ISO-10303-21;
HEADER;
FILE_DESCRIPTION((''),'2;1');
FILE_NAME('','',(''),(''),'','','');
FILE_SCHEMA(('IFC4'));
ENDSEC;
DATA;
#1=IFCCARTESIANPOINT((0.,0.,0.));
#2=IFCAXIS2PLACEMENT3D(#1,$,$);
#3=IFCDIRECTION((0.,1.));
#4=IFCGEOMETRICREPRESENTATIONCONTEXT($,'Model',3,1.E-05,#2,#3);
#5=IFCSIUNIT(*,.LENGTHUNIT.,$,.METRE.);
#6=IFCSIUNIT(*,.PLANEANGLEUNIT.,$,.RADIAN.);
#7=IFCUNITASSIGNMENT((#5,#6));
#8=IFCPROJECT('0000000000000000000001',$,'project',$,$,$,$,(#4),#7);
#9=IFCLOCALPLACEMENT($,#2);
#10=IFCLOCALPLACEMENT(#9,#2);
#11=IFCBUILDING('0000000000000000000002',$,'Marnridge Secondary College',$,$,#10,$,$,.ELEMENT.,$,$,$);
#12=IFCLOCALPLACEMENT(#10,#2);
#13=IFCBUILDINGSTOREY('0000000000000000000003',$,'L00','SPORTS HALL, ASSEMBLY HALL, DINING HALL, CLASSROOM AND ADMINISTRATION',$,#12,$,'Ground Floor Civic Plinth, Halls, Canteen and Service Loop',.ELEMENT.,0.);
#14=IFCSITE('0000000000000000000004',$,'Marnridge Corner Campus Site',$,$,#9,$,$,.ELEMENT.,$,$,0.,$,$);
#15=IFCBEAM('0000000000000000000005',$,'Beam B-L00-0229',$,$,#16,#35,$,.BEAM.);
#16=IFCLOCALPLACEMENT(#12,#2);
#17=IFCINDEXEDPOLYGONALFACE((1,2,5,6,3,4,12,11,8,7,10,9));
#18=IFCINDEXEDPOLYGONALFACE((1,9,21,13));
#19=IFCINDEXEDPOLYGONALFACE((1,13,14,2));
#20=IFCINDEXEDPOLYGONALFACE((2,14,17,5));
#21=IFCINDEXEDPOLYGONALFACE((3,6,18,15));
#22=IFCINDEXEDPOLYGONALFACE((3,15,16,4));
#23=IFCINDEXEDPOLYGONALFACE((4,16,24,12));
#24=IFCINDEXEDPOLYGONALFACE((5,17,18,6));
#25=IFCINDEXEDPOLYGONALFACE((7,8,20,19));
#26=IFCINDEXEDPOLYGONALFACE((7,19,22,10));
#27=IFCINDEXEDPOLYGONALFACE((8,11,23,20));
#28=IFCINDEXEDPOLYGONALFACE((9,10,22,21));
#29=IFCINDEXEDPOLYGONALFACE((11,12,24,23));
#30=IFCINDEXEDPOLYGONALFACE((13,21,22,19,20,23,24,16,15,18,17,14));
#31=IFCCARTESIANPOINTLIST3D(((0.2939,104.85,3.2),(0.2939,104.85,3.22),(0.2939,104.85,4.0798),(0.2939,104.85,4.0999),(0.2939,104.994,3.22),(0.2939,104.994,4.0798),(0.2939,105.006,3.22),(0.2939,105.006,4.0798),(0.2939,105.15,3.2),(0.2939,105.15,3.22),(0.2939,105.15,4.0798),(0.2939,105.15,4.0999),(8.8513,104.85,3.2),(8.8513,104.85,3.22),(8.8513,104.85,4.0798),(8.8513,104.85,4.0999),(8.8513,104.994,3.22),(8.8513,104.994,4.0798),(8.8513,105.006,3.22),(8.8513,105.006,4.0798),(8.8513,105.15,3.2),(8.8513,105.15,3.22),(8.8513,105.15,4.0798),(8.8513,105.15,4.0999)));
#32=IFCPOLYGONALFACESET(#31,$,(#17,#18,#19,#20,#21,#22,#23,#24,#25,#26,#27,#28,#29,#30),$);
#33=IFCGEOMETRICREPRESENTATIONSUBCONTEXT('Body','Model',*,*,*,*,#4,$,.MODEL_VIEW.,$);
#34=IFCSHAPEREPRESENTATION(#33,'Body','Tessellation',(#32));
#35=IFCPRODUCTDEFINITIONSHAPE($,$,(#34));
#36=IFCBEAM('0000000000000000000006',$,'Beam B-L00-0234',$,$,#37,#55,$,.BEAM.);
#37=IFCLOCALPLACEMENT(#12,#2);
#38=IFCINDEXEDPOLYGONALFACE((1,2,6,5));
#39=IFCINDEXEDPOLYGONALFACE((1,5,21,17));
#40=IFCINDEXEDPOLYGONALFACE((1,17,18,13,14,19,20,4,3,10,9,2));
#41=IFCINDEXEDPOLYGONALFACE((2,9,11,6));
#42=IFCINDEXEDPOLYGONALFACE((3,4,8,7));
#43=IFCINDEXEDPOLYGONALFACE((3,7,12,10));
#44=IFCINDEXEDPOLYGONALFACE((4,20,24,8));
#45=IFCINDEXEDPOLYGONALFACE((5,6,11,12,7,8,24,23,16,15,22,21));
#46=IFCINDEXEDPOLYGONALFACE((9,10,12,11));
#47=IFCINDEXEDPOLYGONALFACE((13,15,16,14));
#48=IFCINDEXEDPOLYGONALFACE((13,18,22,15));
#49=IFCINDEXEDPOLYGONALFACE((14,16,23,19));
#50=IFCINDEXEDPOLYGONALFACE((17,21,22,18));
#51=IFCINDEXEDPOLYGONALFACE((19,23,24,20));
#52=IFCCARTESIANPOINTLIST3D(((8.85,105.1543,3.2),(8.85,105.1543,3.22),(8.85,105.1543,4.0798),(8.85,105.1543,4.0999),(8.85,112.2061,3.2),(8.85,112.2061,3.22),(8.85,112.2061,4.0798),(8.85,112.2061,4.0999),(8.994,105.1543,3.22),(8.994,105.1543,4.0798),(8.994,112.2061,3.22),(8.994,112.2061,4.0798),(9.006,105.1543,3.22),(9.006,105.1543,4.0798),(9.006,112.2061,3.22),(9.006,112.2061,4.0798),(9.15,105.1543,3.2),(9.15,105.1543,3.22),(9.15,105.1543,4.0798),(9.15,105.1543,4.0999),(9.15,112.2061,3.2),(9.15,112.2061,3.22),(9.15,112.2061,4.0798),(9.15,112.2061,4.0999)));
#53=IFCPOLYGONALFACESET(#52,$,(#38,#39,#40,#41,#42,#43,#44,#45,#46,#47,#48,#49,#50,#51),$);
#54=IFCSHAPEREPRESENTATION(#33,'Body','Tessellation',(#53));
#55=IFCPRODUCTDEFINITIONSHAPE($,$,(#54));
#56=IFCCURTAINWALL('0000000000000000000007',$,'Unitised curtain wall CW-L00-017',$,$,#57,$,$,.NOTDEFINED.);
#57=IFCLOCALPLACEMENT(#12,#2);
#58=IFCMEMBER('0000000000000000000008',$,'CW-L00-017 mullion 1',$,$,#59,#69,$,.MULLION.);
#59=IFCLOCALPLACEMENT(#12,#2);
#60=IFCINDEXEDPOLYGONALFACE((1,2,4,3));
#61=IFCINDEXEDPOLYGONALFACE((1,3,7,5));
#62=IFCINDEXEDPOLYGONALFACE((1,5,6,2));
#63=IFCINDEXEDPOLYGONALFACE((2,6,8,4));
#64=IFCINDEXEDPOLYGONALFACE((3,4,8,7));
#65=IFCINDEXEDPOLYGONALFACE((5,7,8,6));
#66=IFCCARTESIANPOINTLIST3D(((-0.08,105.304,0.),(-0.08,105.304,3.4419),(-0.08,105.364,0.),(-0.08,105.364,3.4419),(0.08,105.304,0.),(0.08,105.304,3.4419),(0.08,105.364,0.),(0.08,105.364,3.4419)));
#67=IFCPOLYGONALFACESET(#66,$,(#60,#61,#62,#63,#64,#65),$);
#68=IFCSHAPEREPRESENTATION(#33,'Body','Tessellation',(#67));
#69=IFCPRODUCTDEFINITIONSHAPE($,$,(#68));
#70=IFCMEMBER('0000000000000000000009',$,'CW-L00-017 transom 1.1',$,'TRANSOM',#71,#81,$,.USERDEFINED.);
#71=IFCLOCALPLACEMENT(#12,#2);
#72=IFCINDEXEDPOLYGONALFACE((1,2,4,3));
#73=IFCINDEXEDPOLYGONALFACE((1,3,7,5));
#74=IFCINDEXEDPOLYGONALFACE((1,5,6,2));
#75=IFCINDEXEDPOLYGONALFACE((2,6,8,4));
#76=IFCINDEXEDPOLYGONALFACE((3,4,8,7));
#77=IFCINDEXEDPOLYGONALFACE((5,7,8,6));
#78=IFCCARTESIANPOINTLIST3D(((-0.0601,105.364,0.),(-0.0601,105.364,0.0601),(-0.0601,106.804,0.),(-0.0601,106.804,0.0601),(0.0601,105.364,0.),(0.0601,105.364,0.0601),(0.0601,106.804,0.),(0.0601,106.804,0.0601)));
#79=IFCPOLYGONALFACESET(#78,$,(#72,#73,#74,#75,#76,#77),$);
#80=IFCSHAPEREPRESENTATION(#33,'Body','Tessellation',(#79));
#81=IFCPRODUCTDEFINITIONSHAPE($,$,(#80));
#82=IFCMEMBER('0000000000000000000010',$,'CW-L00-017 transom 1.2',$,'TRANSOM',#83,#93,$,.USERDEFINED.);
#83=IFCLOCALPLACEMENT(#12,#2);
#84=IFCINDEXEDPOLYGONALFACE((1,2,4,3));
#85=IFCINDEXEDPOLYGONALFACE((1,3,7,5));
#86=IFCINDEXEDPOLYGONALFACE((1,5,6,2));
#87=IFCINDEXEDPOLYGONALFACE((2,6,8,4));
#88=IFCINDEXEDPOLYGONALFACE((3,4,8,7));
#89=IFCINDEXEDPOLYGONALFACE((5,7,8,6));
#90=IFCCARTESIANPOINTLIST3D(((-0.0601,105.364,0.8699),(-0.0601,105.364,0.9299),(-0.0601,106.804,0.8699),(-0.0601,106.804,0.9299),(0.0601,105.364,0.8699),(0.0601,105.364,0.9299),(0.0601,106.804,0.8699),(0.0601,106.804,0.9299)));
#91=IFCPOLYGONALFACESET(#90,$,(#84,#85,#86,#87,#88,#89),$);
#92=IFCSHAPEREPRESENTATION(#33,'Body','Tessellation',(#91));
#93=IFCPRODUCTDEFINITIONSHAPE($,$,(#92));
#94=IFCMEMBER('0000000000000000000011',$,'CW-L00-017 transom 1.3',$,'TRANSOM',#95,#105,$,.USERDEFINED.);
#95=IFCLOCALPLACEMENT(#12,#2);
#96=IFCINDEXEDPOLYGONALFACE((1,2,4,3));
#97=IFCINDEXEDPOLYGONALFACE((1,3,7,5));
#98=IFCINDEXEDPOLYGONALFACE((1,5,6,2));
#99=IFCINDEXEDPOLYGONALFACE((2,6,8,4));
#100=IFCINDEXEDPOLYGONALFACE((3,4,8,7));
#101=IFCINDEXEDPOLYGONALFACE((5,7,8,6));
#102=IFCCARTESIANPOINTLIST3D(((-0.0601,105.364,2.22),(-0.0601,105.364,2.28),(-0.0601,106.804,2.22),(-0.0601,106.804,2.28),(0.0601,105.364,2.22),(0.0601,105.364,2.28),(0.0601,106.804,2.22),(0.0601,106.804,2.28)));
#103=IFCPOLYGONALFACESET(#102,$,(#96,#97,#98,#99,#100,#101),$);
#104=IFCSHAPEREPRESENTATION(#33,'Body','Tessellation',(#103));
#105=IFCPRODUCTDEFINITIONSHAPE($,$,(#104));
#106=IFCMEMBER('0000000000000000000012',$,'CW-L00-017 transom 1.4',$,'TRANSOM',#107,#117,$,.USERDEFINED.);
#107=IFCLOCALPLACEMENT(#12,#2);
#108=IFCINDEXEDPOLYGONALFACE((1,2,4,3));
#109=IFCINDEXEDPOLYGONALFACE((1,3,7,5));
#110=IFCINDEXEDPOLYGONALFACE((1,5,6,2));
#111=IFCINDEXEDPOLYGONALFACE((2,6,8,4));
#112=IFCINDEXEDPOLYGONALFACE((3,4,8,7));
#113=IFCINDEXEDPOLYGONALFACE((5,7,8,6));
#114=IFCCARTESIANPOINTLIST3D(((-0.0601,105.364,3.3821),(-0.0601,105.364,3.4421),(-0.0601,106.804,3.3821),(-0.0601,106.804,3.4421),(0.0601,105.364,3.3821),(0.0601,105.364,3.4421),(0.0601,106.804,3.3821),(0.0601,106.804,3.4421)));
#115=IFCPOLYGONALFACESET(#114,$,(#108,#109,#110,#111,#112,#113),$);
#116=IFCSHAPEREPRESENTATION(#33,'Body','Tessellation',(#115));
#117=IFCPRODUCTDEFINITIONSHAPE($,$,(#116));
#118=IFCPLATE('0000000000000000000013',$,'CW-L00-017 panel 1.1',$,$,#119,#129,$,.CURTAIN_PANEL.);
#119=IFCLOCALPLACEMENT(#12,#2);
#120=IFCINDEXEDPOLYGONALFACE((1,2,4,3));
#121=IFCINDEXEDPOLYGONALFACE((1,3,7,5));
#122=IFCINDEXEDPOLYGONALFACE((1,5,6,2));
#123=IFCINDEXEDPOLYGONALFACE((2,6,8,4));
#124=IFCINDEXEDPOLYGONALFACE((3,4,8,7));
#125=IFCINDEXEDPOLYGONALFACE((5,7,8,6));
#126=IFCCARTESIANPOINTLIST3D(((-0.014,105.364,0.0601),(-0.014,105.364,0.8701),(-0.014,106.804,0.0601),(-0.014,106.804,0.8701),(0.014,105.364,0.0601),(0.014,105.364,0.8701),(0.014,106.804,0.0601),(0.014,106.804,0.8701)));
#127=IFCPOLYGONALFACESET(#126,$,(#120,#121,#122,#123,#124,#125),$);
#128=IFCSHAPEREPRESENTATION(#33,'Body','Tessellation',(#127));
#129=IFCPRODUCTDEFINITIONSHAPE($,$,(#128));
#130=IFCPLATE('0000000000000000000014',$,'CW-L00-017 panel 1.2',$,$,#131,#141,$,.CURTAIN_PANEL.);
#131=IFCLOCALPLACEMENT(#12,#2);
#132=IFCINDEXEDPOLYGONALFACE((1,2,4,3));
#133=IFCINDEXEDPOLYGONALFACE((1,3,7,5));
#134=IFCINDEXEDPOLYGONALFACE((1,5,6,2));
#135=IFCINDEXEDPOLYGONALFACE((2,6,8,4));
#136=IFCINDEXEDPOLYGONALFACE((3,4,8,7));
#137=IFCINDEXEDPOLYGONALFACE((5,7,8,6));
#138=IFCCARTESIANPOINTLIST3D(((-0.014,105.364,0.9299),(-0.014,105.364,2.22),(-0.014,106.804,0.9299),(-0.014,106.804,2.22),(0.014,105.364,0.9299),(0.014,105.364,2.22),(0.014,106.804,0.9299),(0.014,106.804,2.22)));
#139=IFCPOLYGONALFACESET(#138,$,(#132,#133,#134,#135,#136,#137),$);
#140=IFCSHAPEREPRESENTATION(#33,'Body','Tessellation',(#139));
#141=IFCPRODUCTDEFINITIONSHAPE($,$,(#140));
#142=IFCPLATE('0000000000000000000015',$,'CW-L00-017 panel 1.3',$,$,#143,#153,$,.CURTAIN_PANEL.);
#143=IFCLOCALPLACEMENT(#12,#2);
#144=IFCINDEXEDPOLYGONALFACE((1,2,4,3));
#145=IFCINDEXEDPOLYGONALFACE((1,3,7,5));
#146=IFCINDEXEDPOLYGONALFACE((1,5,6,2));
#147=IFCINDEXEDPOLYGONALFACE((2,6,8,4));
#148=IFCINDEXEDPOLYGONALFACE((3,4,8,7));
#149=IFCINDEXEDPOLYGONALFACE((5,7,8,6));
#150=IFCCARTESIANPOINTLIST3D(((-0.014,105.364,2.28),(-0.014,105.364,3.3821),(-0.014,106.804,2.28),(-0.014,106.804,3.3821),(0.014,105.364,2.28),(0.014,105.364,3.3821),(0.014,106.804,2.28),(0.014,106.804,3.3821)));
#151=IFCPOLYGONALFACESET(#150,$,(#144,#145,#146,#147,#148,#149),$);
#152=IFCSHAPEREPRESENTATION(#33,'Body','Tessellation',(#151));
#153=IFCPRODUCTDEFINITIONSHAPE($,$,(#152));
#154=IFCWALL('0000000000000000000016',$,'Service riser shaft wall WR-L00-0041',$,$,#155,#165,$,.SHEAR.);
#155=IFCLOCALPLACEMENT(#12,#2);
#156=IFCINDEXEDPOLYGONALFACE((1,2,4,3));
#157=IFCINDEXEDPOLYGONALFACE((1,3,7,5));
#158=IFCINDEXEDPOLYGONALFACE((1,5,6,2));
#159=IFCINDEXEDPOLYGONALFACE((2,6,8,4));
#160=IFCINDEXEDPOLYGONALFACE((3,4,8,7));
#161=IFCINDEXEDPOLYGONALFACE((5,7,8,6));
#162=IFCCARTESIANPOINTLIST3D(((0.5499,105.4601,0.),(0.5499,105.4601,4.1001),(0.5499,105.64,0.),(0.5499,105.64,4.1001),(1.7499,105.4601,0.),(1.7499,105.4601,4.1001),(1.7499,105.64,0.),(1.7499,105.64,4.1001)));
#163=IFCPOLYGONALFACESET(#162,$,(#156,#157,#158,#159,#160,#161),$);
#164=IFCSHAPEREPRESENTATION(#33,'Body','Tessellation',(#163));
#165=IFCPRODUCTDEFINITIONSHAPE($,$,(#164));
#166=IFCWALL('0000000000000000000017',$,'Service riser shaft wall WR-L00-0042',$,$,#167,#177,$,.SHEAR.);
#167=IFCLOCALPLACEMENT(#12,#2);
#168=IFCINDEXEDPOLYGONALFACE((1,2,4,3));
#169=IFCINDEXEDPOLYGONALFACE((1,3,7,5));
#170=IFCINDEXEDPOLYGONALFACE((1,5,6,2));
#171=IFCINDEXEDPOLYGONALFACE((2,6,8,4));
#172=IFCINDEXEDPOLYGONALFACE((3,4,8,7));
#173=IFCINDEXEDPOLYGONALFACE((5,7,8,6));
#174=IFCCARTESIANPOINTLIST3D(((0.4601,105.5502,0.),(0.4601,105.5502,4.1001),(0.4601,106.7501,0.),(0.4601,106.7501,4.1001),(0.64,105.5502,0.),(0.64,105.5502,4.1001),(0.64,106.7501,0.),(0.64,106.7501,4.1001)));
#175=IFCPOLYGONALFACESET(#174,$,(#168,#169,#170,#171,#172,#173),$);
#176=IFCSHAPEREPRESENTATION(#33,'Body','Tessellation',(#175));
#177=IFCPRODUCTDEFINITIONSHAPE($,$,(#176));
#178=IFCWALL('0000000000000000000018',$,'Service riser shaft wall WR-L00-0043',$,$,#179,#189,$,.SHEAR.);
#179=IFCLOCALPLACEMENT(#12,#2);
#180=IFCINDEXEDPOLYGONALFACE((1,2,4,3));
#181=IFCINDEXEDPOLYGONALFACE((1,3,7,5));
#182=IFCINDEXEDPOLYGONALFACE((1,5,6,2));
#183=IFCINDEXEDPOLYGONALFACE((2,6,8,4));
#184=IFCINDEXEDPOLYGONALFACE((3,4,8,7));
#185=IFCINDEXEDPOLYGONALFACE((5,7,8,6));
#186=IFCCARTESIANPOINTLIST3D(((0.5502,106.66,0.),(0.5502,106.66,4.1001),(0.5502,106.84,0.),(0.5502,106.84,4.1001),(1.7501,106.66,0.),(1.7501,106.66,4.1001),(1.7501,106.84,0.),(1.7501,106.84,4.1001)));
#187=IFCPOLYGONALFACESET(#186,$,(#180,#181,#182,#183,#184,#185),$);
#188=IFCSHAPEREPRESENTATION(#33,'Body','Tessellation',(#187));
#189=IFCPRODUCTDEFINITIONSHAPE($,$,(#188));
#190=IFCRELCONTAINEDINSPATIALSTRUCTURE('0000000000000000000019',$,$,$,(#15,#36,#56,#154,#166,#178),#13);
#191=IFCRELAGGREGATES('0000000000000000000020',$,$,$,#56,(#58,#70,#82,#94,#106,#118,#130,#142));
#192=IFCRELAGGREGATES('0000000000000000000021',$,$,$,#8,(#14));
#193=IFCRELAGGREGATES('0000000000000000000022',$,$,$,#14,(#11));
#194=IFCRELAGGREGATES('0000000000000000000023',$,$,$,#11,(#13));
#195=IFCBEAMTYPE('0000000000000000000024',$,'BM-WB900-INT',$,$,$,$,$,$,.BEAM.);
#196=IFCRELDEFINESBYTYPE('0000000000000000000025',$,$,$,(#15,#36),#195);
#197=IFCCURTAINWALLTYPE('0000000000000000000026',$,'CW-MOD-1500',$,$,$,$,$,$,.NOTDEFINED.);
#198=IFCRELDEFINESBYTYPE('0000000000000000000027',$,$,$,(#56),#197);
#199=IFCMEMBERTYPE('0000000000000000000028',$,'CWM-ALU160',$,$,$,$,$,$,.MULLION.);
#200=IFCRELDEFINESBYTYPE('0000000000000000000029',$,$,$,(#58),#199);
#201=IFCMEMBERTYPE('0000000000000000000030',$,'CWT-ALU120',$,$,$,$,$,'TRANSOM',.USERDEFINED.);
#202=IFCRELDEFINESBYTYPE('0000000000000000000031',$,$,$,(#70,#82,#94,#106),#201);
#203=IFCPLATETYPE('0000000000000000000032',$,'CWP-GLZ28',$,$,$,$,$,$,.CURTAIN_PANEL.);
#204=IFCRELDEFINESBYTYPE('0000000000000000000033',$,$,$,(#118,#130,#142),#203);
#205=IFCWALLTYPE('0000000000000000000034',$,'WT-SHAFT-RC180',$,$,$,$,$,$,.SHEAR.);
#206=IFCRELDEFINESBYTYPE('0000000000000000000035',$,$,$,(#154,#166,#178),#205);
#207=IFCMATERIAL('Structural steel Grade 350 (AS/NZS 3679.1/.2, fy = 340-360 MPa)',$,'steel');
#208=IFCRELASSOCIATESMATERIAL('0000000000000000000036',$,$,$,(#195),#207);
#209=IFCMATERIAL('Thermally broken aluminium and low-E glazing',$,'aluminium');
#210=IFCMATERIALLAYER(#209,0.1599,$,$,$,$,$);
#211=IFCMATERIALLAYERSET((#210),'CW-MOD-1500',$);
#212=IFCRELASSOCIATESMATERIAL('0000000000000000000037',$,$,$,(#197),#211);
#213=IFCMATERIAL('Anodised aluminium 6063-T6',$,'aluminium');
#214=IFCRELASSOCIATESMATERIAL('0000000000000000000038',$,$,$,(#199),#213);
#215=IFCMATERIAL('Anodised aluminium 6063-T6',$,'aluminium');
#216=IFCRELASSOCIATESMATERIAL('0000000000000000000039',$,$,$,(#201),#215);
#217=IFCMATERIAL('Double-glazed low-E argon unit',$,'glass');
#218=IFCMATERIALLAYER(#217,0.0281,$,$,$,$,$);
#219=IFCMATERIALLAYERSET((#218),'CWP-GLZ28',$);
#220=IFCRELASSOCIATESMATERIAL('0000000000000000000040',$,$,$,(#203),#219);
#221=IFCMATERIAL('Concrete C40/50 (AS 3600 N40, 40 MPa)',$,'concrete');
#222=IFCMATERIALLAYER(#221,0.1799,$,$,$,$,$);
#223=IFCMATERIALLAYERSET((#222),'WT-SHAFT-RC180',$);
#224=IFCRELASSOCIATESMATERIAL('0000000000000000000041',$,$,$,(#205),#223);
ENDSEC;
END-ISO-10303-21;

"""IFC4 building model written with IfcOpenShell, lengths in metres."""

from ifc_helpers import new_model, si_unit, direction, frame, frame_2d, origin, origin_2d, place, context, subcontext, project, spatial, rectangle, i_section, extrude, material, layer, layer_set, material_profile, profile_set, type_object, element, aggregate, save


model = new_model("IFC4")

# Units and contexts
model_context = context("Model", 3, precision=1e-05, world=origin(), true_north=direction((0.0, 1.0)))
body_context = subcontext(model_context, "Body", "Model", "MODEL_VIEW")
ifc_project = project(units=[si_unit("LENGTHUNIT", "METRE"), si_unit("PLANEANGLEUNIT", "RADIAN")], contexts=[model_context])

# Site, building, storey
site_placement = place(None, origin())
site = spatial("IfcSite", under=ifc_project, at=site_placement, Name="Marnridge Corner Campus Site", CompositionType="ELEMENT", RefElevation=0.0)
building_placement = place(site_placement, origin())
building = spatial("IfcBuilding", under=site, at=building_placement, Name="Marnridge Secondary College", CompositionType="ELEMENT")
storey_placement = place(building_placement, origin())
storey = spatial("IfcBuildingStorey", under=building, at=storey_placement, Name="L00", Description="SPORTS HALL, ASSEMBLY HALL, DINING HALL, CLASSROOM AND ADMINISTRATION", LongName="Ground Floor Civic Plinth, Halls, Canteen and Service Loop", CompositionType="ELEMENT", Elevation=0.0)

# Beams
ifc_material_1 = material(Name="Structural steel Grade 350 (AS/NZS 3679.1/.2, fy = 340-360 MPa)", Category="steel")
ifc_material_profile_1 = material_profile(ifc_material_1, i_section(OverallWidth=0.3, OverallDepth=0.8999, WebThickness=0.012, FlangeThickness=0.02, at=origin_2d()), Name="900WB175")
ifc_profile_set_1 = profile_set([ifc_material_profile_1], Name="Structural steel Grade 350 (AS/NZS 3679.1/.2, fy = 340-360 MPa)")
beam_type_1 = type_object("IfcBeamType", Name="BM-WB900-INT", PredefinedType="BEAM", material=ifc_profile_set_1)
beam_1_placement = place(storey_placement, frame((0.2939, 105.0, 3.6499), z_axis=(1.0, 0.0, 0.0), x_axis=(0.0, 1.0, 0.0)))
element("IfcBeam", 1, at=beam_1_placement, inside=storey, type_object=beam_type_1, Name="Beam B-L00-0229", PredefinedType="BEAM", context=body_context, shape_type="SweptSolid", body=[
    extrude(i_section(OverallWidth=0.3, OverallDepth=0.8999, WebThickness=0.012, FlangeThickness=0.02, at=origin_2d()), origin(), (0.0, 0.0, 1.0), 8.5574),
])
beam_2_placement = place(storey_placement, frame((9.0, 105.1543, 3.6499), z_axis=(0.0, 1.0, 0.0), x_axis=(-1.0, 0.0, 0.0)))
element("IfcBeam", 2, at=beam_2_placement, inside=storey, type_object=beam_type_1, Name="Beam B-L00-0234", PredefinedType="BEAM", context=body_context, shape_type="SweptSolid", body=[
    extrude(i_section(OverallWidth=0.3, OverallDepth=0.8999, WebThickness=0.012, FlangeThickness=0.02, at=origin_2d()), origin(), (0.0, 0.0, 1.0), 7.0518),
])

# Curtain wall, members, plates
ifc_material_2 = material(Name="Thermally broken aluminium and low-E glazing", Category="aluminium")
ifc_layer_1 = layer(ifc_material_2, 0.1599)
ifc_layer_set_1 = layer_set([ifc_layer_1], Name="CW-MOD-1500")
curtain_wall_type = type_object("IfcCurtainWallType", Name="CW-MOD-1500", PredefinedType="NOTDEFINED", material=ifc_layer_set_1)
curtain_wall_placement = place(storey_placement, origin())
curtain_wall = element("IfcCurtainWall", 3, at=curtain_wall_placement, inside=storey, type_object=curtain_wall_type, Name="Unitised curtain wall CW-L00-017", PredefinedType="NOTDEFINED")
ifc_material_3 = material(Name="Anodised aluminium 6063-T6", Category="aluminium")
ifc_material_profile_2 = material_profile(ifc_material_3, rectangle(XDim=0.0601, YDim=0.1599, at=origin_2d()), Name="ALU 60x160")
ifc_profile_set_2 = profile_set([ifc_material_profile_2], Name="Anodised aluminium 6063-T6")
member_type_1 = type_object("IfcMemberType", Name="CWM-ALU160", PredefinedType="MULLION", material=ifc_profile_set_2)
member_1_placement = place(storey_placement, frame((0.0, 105.334, 0.0), z_axis=(0.0, 0.0, 1.0), x_axis=(0.0, 1.0, 0.0)))
member_1 = element("IfcMember", 4, at=member_1_placement, type_object=member_type_1, Name="CW-L00-017 mullion 1", PredefinedType="MULLION", context=body_context, shape_type="SweptSolid", body=[
    extrude(rectangle(XDim=0.0601, YDim=0.1599, at=origin_2d()), origin(), (0.0, 0.0, 1.0), 3.4419),
])
ifc_material_4 = material(Name="Anodised aluminium 6063-T6", Category="aluminium")
ifc_material_profile_3 = material_profile(ifc_material_4, rectangle(XDim=0.0601, YDim=0.1201, at=origin_2d()), Name="ALU 60x120")
ifc_profile_set_3 = profile_set([ifc_material_profile_3], Name="Anodised aluminium 6063-T6")
member_type_2 = type_object("IfcMemberType", Name="CWT-ALU120", ElementType="TRANSOM", PredefinedType="USERDEFINED", material=ifc_profile_set_3)
member_2_placement = place(storey_placement, frame((0.0, 105.364, 0.03), z_axis=(0.0, 1.0, 0.0), x_axis=(0.0, 0.0, 1.0)))
member_2 = element("IfcMember", 5, at=member_2_placement, type_object=member_type_2, Name="CW-L00-017 transom 1.1", ObjectType="TRANSOM", PredefinedType="USERDEFINED", context=body_context, shape_type="SweptSolid", body=[
    extrude(rectangle(XDim=0.0601, YDim=0.1201, at=origin_2d()), origin(), (0.0, 0.0, 1.0), 1.4399),
])
member_3_placement = place(storey_placement, frame((0.0, 105.364, 0.8999), z_axis=(0.0, 1.0, 0.0), x_axis=(0.0, 0.0, 1.0)))
member_3 = element("IfcMember", 6, at=member_3_placement, type_object=member_type_2, Name="CW-L00-017 transom 1.2", ObjectType="TRANSOM", PredefinedType="USERDEFINED", context=body_context, shape_type="SweptSolid", body=[
    extrude(rectangle(XDim=0.0601, YDim=0.1201, at=origin_2d()), origin(), (0.0, 0.0, 1.0), 1.4399),
])
member_4_placement = place(storey_placement, frame((0.0, 105.364, 2.25), z_axis=(0.0, 1.0, 0.0), x_axis=(0.0, 0.0, 1.0)))
member_4 = element("IfcMember", 7, at=member_4_placement, type_object=member_type_2, Name="CW-L00-017 transom 1.3", ObjectType="TRANSOM", PredefinedType="USERDEFINED", context=body_context, shape_type="SweptSolid", body=[
    extrude(rectangle(XDim=0.0601, YDim=0.1201, at=origin_2d()), origin(), (0.0, 0.0, 1.0), 1.4399),
])
member_5_placement = place(storey_placement, frame((0.0, 105.364, 3.4121), z_axis=(0.0, 1.0, 0.0), x_axis=(0.0, 0.0, 1.0)))
member_5 = element("IfcMember", 8, at=member_5_placement, type_object=member_type_2, Name="CW-L00-017 transom 1.4", ObjectType="TRANSOM", PredefinedType="USERDEFINED", context=body_context, shape_type="SweptSolid", body=[
    extrude(rectangle(XDim=0.0601, YDim=0.1201, at=origin_2d()), origin(), (0.0, 0.0, 1.0), 1.4399),
])
ifc_material_5 = material(Name="Double-glazed low-E argon unit", Category="glass")
ifc_layer_2 = layer(ifc_material_5, 0.0281)
ifc_layer_set_2 = layer_set([ifc_layer_2], Name="CWP-GLZ28")
plate_type = type_object("IfcPlateType", Name="CWP-GLZ28", PredefinedType="CURTAIN_PANEL", material=ifc_layer_set_2)
plate_1_placement = place(storey_placement, frame((0.0, 106.084, 0.0601), z_axis=(0.0, 0.0, 1.0), x_axis=(0.0, 1.0, 0.0)))
plate_1 = element("IfcPlate", 9, at=plate_1_placement, type_object=plate_type, Name="CW-L00-017 panel 1.1", PredefinedType="CURTAIN_PANEL", context=body_context, shape_type="SweptSolid", body=[
    extrude(rectangle(XDim=1.4399, YDim=0.0281, at=origin_2d()), origin(), (0.0, 0.0, 1.0), 0.8101),
])
plate_2_placement = place(storey_placement, frame((0.0, 106.084, 0.9299), z_axis=(0.0, 0.0, 1.0), x_axis=(0.0, 1.0, 0.0)))
plate_2 = element("IfcPlate", 10, at=plate_2_placement, type_object=plate_type, Name="CW-L00-017 panel 1.2", PredefinedType="CURTAIN_PANEL", context=body_context, shape_type="SweptSolid", body=[
    extrude(rectangle(XDim=1.4399, YDim=0.0281, at=origin_2d()), origin(), (0.0, 0.0, 1.0), 1.29),
])
plate_3_placement = place(storey_placement, frame((0.0, 106.084, 2.28), z_axis=(0.0, 0.0, 1.0), x_axis=(0.0, 1.0, 0.0)))
plate_3 = element("IfcPlate", 11, at=plate_3_placement, type_object=plate_type, Name="CW-L00-017 panel 1.3", PredefinedType="CURTAIN_PANEL", context=body_context, shape_type="SweptSolid", body=[
    extrude(rectangle(XDim=1.4399, YDim=0.0281, at=origin_2d()), origin(), (0.0, 0.0, 1.0), 1.1021),
])
aggregate(curtain_wall, [member_1, member_2, member_3, member_4, member_5, plate_1, plate_2, plate_3])

# Walls
ifc_material_6 = material(Name="Concrete C40/50 (AS 3600 N40, 40 MPa)", Category="concrete")
ifc_layer_3 = layer(ifc_material_6, 0.1799)
ifc_layer_set_3 = layer_set([ifc_layer_3], Name="WT-SHAFT-RC180")
wall_type = type_object("IfcWallType", Name="WT-SHAFT-RC180", PredefinedType="SHEAR", material=ifc_layer_set_3)
for number, where, z_axis, x_axis, name in (
    (12, (1.75, 105.55, 0.0), (0.0, 0.0, 1.0), (-1.0, 0.0, 0.0), "Service riser shaft wall WR-L00-0041"),
    (13, (0.55, 105.55, 0.0), (0.0, 0.0, 1.0), (0.0, 1.0, 0.0), "Service riser shaft wall WR-L00-0042"),
    (14, (0.55, 106.75, 0.0), (0.0, 0.0, 1.0), (1.0, 0.0, 0.0), "Service riser shaft wall WR-L00-0043"),
):
    element("IfcWall", number, at=place(storey_placement, frame(where, z_axis=z_axis, x_axis=x_axis)), inside=storey, type_object=wall_type, Name=name, PredefinedType="SHEAR", context=body_context, shape_type="SweptSolid", body=[
        extrude(rectangle(XDim=1.2, YDim=0.1799, at=frame_2d((0.6001, 0.0))), origin(), (0.0, 0.0, 1.0), 4.1001),
    ])

save(model, "model.ifc")
